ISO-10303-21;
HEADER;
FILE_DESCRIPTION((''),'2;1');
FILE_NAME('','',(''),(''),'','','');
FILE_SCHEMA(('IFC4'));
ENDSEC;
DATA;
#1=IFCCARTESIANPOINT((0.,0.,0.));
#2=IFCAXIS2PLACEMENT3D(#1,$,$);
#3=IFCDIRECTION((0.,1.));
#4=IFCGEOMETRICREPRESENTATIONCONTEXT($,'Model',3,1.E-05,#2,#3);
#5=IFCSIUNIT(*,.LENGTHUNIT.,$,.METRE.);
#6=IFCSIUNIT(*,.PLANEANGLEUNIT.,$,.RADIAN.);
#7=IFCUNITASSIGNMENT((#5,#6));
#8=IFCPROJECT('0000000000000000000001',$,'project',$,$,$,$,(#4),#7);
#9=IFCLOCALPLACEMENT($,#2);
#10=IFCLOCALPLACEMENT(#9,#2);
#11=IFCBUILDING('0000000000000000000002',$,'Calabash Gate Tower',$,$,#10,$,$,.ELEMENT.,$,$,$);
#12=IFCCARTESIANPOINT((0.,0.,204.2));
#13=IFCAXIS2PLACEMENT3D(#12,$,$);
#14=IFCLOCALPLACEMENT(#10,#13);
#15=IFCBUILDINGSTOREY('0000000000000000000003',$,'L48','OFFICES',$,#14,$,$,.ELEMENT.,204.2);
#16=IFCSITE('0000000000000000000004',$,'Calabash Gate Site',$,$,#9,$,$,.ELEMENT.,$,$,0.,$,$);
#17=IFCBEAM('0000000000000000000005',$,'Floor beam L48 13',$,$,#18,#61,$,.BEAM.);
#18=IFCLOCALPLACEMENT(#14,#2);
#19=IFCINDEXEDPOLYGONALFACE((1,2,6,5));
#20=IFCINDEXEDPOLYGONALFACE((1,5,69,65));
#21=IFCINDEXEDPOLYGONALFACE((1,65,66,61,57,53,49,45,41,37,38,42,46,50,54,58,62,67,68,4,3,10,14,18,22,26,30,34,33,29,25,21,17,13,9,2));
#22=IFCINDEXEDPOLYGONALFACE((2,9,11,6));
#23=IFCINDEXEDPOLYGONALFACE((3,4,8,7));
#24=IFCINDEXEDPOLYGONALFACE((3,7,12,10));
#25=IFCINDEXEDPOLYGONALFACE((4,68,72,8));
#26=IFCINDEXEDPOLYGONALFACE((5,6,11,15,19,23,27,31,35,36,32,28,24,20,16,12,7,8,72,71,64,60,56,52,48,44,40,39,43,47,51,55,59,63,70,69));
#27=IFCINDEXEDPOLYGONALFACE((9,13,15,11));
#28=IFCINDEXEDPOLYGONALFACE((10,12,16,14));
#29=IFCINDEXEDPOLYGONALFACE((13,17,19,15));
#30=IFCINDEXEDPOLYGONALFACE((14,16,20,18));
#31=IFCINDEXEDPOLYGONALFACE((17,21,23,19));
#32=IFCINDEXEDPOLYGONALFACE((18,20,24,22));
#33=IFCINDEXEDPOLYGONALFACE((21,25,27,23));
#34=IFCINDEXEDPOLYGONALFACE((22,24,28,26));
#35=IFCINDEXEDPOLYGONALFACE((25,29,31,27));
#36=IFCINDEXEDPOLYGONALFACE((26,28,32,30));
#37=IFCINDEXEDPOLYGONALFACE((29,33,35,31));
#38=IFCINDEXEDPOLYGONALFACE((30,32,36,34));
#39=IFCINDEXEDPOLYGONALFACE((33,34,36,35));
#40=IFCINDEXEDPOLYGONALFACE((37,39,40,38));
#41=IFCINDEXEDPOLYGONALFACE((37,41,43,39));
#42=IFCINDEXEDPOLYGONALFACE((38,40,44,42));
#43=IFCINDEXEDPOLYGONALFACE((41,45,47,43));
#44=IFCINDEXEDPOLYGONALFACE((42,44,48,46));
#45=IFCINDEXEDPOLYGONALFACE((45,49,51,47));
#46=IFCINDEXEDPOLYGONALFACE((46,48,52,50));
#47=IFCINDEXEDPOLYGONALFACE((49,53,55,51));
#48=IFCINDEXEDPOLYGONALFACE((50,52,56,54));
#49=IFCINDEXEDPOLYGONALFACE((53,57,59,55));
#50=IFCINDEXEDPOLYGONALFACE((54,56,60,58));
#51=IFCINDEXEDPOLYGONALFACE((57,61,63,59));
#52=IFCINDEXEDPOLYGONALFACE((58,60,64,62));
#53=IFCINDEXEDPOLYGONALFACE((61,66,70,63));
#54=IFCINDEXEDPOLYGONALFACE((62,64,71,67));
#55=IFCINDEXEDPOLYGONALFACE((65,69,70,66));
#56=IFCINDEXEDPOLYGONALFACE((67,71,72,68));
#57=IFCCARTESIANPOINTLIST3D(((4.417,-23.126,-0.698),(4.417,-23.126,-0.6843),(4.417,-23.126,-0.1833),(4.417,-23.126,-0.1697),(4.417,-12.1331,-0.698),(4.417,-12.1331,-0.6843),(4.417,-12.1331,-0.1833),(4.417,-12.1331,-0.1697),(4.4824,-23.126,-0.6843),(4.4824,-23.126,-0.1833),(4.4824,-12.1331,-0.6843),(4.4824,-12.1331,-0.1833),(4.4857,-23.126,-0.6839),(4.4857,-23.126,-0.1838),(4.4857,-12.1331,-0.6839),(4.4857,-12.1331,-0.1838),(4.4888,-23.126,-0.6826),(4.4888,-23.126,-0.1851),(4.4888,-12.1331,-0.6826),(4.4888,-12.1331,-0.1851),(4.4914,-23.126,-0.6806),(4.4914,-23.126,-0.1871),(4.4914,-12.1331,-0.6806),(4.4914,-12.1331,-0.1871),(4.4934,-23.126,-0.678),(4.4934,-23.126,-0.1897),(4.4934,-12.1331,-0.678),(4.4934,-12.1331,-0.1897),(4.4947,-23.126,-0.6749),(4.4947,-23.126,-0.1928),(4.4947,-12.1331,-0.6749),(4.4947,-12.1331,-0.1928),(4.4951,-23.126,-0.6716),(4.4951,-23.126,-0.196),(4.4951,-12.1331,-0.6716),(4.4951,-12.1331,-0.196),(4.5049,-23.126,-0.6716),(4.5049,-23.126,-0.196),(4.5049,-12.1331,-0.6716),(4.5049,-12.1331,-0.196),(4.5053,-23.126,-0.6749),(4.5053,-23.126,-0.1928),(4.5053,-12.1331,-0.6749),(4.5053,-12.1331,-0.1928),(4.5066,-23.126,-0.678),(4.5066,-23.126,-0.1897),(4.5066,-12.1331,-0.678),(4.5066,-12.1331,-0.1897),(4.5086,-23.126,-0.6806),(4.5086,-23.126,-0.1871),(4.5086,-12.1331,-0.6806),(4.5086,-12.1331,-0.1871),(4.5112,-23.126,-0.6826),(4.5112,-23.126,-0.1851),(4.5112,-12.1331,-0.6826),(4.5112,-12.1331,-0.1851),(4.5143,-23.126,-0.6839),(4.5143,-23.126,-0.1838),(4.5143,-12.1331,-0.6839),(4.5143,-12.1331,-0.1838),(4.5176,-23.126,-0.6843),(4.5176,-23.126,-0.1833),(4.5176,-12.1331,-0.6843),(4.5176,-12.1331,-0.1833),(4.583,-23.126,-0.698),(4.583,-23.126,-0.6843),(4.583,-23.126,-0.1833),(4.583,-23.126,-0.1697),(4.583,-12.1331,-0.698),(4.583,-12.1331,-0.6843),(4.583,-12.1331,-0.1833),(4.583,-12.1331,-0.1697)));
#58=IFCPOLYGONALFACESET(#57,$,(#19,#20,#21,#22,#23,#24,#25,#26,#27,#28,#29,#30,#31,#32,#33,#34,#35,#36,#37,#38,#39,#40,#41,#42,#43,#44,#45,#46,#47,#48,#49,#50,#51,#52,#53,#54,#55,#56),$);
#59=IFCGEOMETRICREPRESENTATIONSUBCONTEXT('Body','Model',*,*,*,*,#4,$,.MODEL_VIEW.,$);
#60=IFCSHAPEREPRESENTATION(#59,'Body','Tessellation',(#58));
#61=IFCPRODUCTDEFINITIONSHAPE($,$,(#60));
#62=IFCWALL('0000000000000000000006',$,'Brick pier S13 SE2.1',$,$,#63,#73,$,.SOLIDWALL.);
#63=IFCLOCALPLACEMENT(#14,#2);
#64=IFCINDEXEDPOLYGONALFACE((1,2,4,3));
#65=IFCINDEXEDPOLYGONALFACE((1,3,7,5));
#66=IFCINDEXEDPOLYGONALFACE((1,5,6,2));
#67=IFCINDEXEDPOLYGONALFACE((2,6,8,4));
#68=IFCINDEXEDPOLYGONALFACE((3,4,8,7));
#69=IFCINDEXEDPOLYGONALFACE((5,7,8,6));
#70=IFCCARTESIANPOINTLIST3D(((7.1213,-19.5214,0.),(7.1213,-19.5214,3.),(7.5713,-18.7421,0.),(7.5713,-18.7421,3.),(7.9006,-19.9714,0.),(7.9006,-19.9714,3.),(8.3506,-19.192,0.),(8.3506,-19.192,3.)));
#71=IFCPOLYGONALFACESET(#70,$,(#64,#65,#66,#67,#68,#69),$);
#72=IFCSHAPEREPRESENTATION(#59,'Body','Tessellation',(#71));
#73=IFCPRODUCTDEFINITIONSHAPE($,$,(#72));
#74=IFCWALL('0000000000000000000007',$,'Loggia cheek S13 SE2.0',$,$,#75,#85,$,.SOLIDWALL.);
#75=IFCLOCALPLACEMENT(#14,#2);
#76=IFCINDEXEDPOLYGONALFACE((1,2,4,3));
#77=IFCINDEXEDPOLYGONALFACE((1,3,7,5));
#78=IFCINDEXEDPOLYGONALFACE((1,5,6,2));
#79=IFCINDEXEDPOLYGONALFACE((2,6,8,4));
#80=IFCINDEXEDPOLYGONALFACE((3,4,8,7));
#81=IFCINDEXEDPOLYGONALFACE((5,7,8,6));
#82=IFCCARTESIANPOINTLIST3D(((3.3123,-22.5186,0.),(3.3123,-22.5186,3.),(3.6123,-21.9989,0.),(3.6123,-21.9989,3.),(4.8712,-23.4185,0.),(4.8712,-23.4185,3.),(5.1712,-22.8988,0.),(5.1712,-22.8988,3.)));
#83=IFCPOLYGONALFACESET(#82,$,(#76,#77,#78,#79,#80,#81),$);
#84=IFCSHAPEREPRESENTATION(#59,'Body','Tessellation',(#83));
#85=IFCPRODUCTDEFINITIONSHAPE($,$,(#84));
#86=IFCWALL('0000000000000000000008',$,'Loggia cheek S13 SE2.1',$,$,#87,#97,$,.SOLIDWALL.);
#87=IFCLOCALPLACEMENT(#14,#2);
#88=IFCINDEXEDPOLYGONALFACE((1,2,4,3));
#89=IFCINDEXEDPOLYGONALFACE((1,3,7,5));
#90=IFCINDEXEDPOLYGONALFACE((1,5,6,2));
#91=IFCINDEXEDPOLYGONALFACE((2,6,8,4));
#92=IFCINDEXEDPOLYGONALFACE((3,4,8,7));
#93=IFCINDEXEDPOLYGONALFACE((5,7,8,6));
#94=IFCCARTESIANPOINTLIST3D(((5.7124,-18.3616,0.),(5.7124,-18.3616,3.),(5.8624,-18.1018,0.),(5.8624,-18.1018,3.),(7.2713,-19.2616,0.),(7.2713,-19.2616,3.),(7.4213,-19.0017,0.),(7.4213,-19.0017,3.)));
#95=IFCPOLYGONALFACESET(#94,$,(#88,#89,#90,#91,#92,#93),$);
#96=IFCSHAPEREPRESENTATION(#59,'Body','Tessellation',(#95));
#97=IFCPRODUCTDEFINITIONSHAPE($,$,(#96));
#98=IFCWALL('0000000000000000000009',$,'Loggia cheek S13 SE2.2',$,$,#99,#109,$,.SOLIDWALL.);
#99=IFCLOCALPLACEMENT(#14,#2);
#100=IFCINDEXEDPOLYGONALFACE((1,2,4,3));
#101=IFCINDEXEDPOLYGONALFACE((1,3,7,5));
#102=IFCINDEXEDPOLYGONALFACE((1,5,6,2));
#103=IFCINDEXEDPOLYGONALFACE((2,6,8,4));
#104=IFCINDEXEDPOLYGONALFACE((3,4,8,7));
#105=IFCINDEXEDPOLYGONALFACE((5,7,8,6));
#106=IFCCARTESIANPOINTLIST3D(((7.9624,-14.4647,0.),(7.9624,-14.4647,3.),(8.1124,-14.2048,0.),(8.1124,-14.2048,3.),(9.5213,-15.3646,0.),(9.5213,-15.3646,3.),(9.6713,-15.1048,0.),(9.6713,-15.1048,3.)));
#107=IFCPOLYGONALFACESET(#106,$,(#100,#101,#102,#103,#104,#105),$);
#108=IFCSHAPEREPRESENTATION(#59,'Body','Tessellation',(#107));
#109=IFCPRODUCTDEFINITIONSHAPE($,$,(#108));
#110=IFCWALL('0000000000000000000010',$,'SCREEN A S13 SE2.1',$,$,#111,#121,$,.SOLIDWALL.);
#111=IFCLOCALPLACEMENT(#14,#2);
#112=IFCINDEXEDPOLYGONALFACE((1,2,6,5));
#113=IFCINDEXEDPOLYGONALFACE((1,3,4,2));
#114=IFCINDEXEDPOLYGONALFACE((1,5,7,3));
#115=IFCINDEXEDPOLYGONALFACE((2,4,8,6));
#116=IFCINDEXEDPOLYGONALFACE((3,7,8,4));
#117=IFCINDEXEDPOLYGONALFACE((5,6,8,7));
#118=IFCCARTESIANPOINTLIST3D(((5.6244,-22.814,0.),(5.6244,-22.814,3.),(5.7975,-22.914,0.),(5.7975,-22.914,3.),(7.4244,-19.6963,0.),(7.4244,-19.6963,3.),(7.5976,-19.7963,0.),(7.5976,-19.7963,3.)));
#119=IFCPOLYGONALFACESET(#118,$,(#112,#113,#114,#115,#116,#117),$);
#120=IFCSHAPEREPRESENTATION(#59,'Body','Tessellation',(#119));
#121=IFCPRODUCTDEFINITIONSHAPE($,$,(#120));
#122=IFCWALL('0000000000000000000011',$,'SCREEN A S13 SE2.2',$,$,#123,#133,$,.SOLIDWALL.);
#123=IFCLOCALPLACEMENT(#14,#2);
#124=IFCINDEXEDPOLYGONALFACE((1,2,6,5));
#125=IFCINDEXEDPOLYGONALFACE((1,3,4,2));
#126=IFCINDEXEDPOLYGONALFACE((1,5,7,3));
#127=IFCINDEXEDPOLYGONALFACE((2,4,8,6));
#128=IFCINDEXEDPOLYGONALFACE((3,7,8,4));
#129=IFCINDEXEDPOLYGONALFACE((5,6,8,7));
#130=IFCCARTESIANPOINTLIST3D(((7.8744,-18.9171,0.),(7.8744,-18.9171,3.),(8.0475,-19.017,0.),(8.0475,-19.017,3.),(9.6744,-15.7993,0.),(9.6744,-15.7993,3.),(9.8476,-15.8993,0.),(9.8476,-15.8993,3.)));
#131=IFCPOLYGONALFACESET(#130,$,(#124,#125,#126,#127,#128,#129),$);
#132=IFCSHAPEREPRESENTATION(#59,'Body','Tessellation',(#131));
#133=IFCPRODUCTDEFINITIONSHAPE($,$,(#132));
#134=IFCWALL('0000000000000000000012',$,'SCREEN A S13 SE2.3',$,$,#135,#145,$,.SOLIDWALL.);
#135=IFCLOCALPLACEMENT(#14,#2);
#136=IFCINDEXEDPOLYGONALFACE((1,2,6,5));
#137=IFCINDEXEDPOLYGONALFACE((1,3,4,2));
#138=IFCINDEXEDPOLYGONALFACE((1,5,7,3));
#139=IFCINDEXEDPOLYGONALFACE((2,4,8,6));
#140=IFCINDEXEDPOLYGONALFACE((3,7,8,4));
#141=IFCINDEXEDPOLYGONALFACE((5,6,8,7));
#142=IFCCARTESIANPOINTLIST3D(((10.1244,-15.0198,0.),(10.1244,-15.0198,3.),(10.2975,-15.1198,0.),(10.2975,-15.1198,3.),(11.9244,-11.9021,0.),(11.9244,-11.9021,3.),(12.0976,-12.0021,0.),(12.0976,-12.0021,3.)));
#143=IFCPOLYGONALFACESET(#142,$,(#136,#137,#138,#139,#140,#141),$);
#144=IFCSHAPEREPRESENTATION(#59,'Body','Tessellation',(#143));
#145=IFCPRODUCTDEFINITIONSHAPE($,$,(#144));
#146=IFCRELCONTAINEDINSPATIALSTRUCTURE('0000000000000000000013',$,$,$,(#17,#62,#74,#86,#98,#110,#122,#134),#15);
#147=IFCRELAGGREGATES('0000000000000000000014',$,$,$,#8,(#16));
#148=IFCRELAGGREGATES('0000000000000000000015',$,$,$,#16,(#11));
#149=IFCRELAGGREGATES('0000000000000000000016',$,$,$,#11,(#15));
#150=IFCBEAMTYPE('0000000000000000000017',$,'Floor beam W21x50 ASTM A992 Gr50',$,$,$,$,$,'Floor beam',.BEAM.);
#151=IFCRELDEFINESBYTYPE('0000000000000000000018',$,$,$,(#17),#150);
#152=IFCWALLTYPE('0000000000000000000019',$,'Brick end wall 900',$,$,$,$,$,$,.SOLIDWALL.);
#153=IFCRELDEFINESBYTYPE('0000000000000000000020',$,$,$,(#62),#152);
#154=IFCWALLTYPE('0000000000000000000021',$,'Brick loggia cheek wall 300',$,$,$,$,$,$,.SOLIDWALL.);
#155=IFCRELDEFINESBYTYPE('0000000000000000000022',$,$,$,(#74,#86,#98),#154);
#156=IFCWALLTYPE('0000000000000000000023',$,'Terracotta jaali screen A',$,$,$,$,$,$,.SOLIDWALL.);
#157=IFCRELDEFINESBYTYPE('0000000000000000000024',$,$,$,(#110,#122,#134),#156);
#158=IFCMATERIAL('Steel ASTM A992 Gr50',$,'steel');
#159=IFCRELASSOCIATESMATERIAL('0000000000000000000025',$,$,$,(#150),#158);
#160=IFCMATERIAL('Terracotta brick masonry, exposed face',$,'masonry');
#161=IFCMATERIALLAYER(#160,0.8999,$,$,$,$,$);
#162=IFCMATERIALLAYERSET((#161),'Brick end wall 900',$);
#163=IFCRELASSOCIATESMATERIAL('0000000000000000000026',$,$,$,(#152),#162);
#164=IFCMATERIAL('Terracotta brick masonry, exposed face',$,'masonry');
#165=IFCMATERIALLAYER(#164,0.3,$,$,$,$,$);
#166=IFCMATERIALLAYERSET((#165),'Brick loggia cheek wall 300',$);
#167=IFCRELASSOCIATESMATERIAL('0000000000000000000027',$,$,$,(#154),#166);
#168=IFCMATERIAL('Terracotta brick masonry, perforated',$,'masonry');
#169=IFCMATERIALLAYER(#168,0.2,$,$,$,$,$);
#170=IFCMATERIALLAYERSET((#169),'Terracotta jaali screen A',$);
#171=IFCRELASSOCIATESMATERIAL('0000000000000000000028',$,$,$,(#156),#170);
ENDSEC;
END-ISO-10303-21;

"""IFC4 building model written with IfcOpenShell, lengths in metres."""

from ifc_helpers import new_model, si_unit, direction, frame, frame_2d, origin, origin_2d, place, context, subcontext, project, spatial, rectangle, i_section, extrude, material, layer, layer_set, material_profile, profile_set, type_object, element, save


model = new_model("IFC4")

# Units and contexts
model_context = context("Model", 3, precision=1e-05, world=origin(), true_north=direction((0.0, 1.0)))
body_context = subcontext(model_context, "Body", "Model", "MODEL_VIEW")
ifc_project = project(units=[si_unit("LENGTHUNIT", "METRE"), si_unit("PLANEANGLEUNIT", "RADIAN")], contexts=[model_context])

# Site, building, storey
site_placement = place(None, origin())
site = spatial("IfcSite", under=ifc_project, at=site_placement, Name="Calabash Gate Site", CompositionType="ELEMENT", RefElevation=0.0)
building_placement = place(site_placement, origin())
building = spatial("IfcBuilding", under=site, at=building_placement, Name="Calabash Gate Tower", CompositionType="ELEMENT")
storey_placement = place(building_placement, frame((0.0, 0.0, 204.2)))
storey = spatial("IfcBuildingStorey", under=building, at=storey_placement, Name="L48", Description="OFFICES", CompositionType="ELEMENT", Elevation=204.2)

# Beam
ifc_material_1 = material(Name="Steel ASTM A992 Gr50", Category="steel")
ifc_material_profile_1 = material_profile(ifc_material_1, i_section(OverallWidth=0.166, OverallDepth=0.5283, WebThickness=0.0098, FlangeThickness=0.0137, FilletRadius=0.0127, at=origin_2d()))
ifc_profile_set_1 = profile_set([ifc_material_profile_1], Name="Steel ASTM A992 Gr50")
beam_type_1 = type_object("IfcBeamType", Name="Floor beam W21x50 ASTM A992 Gr50", ElementType="Floor beam", PredefinedType="BEAM", material=ifc_profile_set_1)
beam_1_placement = place(storey_placement, frame((4.5, -23.126, -0.4338), z_axis=(0.0, 1.0, 0.0), x_axis=(-1.0, 0.0, 0.0)))
element("IfcBeam", 1, at=beam_1_placement, inside=storey, type_object=beam_type_1, Name="Floor beam L48 13", PredefinedType="BEAM", context=body_context, shape_type="SweptSolid", body=[
    extrude(i_section(OverallWidth=0.166, OverallDepth=0.5283, WebThickness=0.0098, FlangeThickness=0.0137, FilletRadius=0.0127, at=origin_2d()), origin(), (0.0, 0.0, 1.0), 10.9929),
])

# Walls
ifc_material_2 = material(Name="Terracotta brick masonry, exposed face", Category="masonry")
ifc_layer_1 = layer(ifc_material_2, 0.8999)
ifc_layer_set_1 = layer_set([ifc_layer_1], Name="Brick end wall 900")
wall_type_1 = type_object("IfcWallType", Name="Brick end wall 900", PredefinedType="SOLIDWALL", material=ifc_layer_set_1)
wall_1_placement = place(storey_placement, frame((7.9609, -18.967, 0.0), z_axis=(0.0, 0.0, 1.0), x_axis=(-0.50002, -0.866014, 0.0)))
element("IfcWall", 2, at=wall_1_placement, inside=storey, type_object=wall_type_1, Name="Brick pier S13 SE2.1", PredefinedType="SOLIDWALL", context=body_context, shape_type="SweptSolid", body=[
    extrude(rectangle(XDim=0.8999, YDim=0.8999, at=frame_2d((0.45, 0.0))), origin(), (0.0, 0.0, 1.0), 3.0),
])
ifc_material_3 = material(Name="Terracotta brick masonry, exposed face", Category="masonry")
ifc_layer_2 = layer(ifc_material_3, 0.3)
ifc_layer_set_2 = layer_set([ifc_layer_2], Name="Brick loggia cheek wall 300")
wall_type_2 = type_object("IfcWallType", Name="Brick loggia cheek wall 300", PredefinedType="SOLIDWALL", material=ifc_layer_set_2)
wall_2_placement = place(storey_placement, frame((3.4624, -22.2588, 0.0), z_axis=(0.0, 0.0, 1.0), x_axis=(0.866048, -0.499961, 0.0)))
element("IfcWall", 3, at=wall_2_placement, inside=storey, type_object=wall_type_2, Name="Loggia cheek S13 SE2.0", PredefinedType="SOLIDWALL", context=body_context, shape_type="SweptSolid", body=[
    extrude(rectangle(XDim=1.8, YDim=0.6001, at=frame_2d((0.8999, 0.0))), origin(), (0.0, 0.0, 1.0), 3.0),
])
for number, where, z_axis, x_axis, name in (
    (4, (7.3462, -19.1316, 0.0), (0.0, 0.0, 1.0), (-0.866048, 0.499961, 0.0), "Loggia cheek S13 SE2.1"),
    (5, (9.5962, -15.2346, 0.0), (0.0, 0.0, 1.0), (-0.866048, 0.499961, 0.0), "Loggia cheek S13 SE2.2"),
):
    element("IfcWall", number, at=place(storey_placement, frame(where, z_axis=z_axis, x_axis=x_axis)), inside=storey, type_object=wall_type_2, Name=name, PredefinedType="SOLIDWALL", context=body_context, shape_type="SweptSolid", body=[
        extrude(rectangle(XDim=1.8, YDim=0.3, at=frame_2d((0.8999, 0.0))), origin(), (0.0, 0.0, 1.0), 3.0),
    ])
ifc_material_4 = material(Name="Terracotta brick masonry, perforated", Category="masonry")
ifc_layer_3 = layer(ifc_material_4, 0.2)
ifc_layer_set_3 = layer_set([ifc_layer_3], Name="Terracotta jaali screen A")
wall_type_3 = type_object("IfcWallType", Name="Terracotta jaali screen A", PredefinedType="SOLIDWALL", material=ifc_layer_set_3)
for number, where, z_axis, x_axis, name in (
    (6, (5.7109, -22.864, 0.0), (0.0, 0.0, 1.0), (0.500012, 0.866018, 0.0), "SCREEN A S13 SE2.1"),
    (7, (7.9609, -18.967, 0.0), (0.0, 0.0, 1.0), (0.500012, 0.866018, 0.0), "SCREEN A S13 SE2.2"),
    (8, (10.2109, -15.0698, 0.0), (0.0, 0.0, 1.0), (0.500012, 0.866018, 0.0), "SCREEN A S13 SE2.3"),
):
    element("IfcWall", number, at=place(storey_placement, frame(where, z_axis=z_axis, x_axis=x_axis)), inside=storey, type_object=wall_type_3, Name=name, PredefinedType="SOLIDWALL", context=body_context, shape_type="SweptSolid", body=[
        extrude(rectangle(XDim=3.6001, YDim=0.2, at=frame_2d((1.8, 0.0))), origin(), (0.0, 0.0, 1.0), 3.0),
    ])

save(model, "model.ifc")
